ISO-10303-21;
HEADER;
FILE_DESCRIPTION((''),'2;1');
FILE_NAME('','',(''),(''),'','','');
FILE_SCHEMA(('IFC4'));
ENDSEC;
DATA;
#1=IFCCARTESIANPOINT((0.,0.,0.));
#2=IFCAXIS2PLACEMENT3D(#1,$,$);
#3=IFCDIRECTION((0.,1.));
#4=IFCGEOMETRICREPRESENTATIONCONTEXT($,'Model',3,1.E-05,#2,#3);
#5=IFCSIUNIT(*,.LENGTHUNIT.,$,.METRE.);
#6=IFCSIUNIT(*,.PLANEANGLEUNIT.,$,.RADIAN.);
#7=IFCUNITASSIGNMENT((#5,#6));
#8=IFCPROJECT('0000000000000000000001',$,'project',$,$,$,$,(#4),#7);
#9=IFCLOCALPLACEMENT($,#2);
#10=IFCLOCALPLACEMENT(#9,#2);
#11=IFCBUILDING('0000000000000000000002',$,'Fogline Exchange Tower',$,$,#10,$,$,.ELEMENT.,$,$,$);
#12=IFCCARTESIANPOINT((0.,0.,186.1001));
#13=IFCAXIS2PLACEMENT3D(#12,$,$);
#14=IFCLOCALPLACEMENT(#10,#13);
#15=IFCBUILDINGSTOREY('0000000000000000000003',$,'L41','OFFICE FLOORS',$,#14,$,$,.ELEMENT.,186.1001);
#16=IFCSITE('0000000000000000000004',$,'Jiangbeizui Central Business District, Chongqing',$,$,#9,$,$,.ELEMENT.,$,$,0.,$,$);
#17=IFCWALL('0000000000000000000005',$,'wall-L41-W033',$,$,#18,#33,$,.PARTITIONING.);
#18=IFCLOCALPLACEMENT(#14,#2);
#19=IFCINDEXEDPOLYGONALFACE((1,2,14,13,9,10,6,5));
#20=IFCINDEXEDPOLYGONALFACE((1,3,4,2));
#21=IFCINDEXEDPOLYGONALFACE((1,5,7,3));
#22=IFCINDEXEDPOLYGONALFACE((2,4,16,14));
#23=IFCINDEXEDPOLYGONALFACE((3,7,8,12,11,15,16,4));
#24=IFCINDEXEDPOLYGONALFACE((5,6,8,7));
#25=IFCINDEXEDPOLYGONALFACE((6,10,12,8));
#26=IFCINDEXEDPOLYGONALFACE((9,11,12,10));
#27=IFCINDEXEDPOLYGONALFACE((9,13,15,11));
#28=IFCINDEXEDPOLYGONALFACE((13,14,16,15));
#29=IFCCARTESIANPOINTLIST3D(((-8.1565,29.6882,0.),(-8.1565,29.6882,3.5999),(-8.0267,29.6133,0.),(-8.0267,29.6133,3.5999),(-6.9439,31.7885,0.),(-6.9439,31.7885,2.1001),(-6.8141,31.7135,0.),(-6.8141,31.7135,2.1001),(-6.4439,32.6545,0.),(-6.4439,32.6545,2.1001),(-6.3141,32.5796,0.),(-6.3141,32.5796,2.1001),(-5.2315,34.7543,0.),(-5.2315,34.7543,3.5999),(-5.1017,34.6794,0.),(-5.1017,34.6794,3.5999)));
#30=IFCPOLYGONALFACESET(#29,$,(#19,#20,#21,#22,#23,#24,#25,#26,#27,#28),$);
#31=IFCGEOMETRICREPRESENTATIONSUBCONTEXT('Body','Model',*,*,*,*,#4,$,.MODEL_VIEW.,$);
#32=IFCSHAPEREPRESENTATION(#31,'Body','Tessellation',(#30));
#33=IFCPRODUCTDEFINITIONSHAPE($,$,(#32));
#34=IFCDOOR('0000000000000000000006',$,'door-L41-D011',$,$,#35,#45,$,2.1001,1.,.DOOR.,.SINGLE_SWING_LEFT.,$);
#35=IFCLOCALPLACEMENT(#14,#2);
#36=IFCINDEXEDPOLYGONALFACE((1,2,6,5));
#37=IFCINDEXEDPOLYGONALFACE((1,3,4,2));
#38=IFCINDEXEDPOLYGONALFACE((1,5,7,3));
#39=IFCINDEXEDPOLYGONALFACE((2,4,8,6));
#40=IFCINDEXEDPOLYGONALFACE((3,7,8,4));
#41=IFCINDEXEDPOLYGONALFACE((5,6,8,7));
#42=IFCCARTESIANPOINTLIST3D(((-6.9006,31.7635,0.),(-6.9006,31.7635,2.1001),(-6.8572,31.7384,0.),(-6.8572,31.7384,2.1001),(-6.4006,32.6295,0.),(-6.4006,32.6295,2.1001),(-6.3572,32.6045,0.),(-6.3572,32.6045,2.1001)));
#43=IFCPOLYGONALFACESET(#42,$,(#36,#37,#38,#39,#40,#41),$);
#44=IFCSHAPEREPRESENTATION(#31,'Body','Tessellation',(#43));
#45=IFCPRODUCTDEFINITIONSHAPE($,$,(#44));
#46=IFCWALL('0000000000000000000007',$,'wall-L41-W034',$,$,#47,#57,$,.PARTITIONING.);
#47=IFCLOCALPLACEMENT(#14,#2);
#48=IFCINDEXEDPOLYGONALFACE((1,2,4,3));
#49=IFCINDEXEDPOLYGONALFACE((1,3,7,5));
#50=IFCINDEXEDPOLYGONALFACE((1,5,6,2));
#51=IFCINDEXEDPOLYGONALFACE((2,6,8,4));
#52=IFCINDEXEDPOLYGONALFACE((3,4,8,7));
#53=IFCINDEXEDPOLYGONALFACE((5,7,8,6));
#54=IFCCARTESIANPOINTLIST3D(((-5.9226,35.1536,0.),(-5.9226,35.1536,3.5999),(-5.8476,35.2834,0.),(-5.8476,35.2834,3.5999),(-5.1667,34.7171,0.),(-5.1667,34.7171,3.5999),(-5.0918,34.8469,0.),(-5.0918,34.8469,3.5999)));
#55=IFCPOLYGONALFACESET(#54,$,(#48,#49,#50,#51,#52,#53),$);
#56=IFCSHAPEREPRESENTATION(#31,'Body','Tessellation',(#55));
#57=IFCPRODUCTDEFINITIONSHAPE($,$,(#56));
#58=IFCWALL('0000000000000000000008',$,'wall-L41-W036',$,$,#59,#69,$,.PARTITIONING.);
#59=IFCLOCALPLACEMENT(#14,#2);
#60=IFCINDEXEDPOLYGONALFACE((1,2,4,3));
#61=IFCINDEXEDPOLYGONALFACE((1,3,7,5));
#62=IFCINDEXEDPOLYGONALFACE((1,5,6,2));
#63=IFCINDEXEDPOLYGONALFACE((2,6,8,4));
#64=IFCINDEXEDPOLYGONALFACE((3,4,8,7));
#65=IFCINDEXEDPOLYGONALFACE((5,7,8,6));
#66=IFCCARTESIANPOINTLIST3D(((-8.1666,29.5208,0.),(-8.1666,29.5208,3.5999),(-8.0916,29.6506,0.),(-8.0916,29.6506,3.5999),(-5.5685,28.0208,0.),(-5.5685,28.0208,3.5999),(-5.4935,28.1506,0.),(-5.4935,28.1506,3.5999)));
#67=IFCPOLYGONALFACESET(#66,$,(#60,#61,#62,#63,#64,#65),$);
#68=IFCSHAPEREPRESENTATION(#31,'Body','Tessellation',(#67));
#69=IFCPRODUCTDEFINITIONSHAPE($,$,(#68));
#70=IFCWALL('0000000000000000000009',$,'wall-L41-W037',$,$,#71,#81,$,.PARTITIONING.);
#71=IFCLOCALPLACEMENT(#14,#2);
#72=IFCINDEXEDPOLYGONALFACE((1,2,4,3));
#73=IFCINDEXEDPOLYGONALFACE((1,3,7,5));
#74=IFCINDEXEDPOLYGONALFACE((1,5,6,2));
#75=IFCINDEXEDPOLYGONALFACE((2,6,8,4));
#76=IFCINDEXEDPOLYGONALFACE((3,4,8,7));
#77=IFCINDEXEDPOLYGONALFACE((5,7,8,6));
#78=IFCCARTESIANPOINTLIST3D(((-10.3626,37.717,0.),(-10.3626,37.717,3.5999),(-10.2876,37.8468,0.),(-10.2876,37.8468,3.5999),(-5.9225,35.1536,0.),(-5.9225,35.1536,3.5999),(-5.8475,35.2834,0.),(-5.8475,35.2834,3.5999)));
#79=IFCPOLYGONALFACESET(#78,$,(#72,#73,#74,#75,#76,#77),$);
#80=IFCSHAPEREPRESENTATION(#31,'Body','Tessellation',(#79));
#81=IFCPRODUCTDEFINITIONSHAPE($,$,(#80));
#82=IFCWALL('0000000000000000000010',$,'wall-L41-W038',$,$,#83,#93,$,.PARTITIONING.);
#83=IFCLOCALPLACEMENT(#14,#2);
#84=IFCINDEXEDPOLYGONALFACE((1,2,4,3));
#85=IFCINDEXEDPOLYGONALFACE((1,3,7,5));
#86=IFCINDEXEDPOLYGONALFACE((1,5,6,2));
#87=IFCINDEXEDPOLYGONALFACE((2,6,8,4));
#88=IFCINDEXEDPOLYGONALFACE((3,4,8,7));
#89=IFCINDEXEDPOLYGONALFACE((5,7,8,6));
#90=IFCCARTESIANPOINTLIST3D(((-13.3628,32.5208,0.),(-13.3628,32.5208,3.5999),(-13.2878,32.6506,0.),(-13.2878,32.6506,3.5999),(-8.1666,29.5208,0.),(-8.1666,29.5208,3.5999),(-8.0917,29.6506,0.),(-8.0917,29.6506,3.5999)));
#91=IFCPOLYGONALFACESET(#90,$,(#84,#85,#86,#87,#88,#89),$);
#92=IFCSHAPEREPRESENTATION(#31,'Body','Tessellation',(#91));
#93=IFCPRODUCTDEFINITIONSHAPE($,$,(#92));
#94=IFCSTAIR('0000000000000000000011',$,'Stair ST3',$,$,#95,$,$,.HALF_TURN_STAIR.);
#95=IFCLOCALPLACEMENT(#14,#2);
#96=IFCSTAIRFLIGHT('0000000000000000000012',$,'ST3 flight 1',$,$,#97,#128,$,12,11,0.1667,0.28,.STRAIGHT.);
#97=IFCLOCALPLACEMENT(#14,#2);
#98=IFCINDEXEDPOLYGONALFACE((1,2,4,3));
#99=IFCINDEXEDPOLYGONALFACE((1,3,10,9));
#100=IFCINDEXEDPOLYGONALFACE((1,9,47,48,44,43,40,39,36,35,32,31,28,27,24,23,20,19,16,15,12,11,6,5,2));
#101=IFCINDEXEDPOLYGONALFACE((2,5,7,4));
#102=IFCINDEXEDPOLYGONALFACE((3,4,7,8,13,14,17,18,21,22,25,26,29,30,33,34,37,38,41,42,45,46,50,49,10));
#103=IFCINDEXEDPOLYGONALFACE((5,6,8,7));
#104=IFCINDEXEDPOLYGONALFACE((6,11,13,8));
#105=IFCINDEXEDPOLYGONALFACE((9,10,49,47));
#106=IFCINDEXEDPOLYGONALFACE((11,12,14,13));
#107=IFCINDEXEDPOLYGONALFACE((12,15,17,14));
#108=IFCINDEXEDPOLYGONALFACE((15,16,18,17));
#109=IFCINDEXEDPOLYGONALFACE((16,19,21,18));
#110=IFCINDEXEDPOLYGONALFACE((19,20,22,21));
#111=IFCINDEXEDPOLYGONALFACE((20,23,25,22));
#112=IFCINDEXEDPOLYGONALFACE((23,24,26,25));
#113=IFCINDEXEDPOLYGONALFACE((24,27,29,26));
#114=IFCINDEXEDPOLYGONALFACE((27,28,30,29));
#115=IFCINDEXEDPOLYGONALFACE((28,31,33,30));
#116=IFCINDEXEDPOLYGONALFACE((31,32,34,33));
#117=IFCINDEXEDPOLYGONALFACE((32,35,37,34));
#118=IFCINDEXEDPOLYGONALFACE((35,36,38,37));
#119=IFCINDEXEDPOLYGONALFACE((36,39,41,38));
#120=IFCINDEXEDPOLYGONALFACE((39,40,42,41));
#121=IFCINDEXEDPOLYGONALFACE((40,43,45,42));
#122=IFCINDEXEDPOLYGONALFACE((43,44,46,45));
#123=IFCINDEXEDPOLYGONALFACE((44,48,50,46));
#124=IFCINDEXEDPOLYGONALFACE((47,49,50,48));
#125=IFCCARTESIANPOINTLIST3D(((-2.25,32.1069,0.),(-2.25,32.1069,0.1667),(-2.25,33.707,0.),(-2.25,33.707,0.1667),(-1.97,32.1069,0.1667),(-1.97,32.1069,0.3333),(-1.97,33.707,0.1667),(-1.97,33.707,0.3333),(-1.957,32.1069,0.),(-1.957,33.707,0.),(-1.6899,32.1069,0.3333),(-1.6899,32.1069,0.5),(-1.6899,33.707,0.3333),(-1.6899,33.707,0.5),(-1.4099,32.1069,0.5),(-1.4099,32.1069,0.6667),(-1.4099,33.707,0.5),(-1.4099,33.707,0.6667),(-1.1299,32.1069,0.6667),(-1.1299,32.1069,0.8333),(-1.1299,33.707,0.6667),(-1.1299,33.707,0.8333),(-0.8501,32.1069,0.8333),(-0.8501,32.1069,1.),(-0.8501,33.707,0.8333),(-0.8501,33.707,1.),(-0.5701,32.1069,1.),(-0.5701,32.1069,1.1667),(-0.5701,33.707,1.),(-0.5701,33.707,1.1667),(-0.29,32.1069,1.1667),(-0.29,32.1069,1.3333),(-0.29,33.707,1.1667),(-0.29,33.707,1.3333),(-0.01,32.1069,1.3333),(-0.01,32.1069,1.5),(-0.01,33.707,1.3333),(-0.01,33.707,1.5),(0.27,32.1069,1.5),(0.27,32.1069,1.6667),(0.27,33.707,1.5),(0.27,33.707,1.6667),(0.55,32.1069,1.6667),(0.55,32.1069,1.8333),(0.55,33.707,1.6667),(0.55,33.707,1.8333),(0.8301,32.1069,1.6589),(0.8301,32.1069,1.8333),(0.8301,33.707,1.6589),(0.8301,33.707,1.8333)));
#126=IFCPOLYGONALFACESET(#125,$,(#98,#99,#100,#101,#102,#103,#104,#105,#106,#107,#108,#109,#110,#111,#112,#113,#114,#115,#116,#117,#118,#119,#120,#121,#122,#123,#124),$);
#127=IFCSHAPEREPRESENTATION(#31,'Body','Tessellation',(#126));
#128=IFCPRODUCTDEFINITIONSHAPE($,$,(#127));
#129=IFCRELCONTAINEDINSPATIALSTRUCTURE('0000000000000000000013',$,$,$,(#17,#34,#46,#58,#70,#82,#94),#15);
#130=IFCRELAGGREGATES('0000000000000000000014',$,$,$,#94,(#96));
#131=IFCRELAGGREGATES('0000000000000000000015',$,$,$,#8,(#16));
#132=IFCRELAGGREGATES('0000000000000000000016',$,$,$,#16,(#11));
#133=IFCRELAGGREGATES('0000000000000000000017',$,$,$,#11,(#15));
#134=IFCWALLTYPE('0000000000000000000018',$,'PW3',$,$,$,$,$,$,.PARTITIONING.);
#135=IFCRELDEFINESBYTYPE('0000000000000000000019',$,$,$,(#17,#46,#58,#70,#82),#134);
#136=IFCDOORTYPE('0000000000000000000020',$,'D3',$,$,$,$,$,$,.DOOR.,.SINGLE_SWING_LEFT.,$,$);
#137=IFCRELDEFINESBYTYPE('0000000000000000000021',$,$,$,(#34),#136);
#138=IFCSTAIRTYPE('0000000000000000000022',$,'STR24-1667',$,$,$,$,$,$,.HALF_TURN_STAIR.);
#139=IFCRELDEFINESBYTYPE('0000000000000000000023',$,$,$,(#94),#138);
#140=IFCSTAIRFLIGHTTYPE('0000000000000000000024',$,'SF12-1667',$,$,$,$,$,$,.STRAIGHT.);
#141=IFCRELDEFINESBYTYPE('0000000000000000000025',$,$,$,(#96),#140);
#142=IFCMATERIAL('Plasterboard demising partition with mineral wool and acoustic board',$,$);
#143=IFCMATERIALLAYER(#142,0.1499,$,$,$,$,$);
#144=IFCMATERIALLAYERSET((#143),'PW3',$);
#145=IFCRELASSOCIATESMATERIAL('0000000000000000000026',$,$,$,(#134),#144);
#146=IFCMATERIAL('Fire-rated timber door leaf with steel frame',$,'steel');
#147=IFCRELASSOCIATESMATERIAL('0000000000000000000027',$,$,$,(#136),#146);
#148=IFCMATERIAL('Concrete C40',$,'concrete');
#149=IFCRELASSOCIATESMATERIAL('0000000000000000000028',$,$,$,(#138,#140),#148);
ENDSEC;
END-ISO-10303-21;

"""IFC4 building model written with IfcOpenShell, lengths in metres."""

from ifc_helpers import new_model, si_unit, direction, frame, frame_2d, origin, place, context, subcontext, project, spatial, polyline, rectangle, outline, extrude, material, layer, layer_set, type_object, element, fill, aggregate, save


model = new_model("IFC4")

# Units and contexts
model_context = context("Model", 3, precision=1e-05, world=origin(), true_north=direction((0.0, 1.0)))
body_context = subcontext(model_context, "Body", "Model", "MODEL_VIEW")
ifc_project = project(units=[si_unit("LENGTHUNIT", "METRE"), si_unit("PLANEANGLEUNIT", "RADIAN")], contexts=[model_context])

# Site, building, storey
site_placement = place(None, origin())
site = spatial("IfcSite", under=ifc_project, at=site_placement, Name="Jiangbeizui Central Business District, Chongqing", CompositionType="ELEMENT", RefElevation=0.0)
building_placement = place(site_placement, origin())
building = spatial("IfcBuilding", under=site, at=building_placement, Name="Fogline Exchange Tower", CompositionType="ELEMENT")
storey_placement = place(building_placement, frame((0.0, 0.0, 186.1001)))
storey = spatial("IfcBuildingStorey", under=building, at=storey_placement, Name="L41", Description="OFFICE FLOORS", CompositionType="ELEMENT", Elevation=186.1001)

# Shared definitions
ifc_material_1 = material(Name="Concrete C40", Category="concrete")

# Wall, opening, door
ifc_material_2 = material(Name="Plasterboard demising partition with mineral wool and acoustic board")
ifc_layer_1 = layer(ifc_material_2, 0.1499)
ifc_layer_set_1 = layer_set([ifc_layer_1], Name="PW3")
wall_type_1 = type_object("IfcWallType", Name="PW3", PredefinedType="PARTITIONING", material=ifc_layer_set_1)
wall_1_placement = place(storey_placement, frame((-8.0916, 29.6509, 0.0), z_axis=(0.0, 0.0, 1.0), x_axis=(0.500013, 0.866018, 0.0)))
wall_1 = element("IfcWall", 1, at=wall_1_placement, inside=storey, type_object=wall_type_1, Name="wall-L41-W033", PredefinedType="PARTITIONING", context=body_context, shape_type="SweptSolid", body=[
    extrude(rectangle(XDim=5.8499, YDim=0.1499, at=frame_2d((2.9248, 0.0))), origin(), (0.0, 0.0, 1.0), 3.5999),
])
opening_1_placement = place(wall_1_placement, frame((2.425, 0.0, 0.0)))
opening_1 = element("IfcOpeningElement", 2, at=opening_1_placement, cuts=wall_1, PredefinedType="OPENING", context=body_context, shape_type="SweptSolid", body=[
    extrude(rectangle(XDim=1.0, YDim=2.1001, at=frame_2d((0.5, 1.05))), frame((0.0, 0.085, 0.0), z_axis=(0.0, -1.0, 0.0), x_axis=(1.0, 0.0, 0.0)), (0.0, 0.0, 1.0), 0.1699),
])
ifc_material_3 = material(Name="Fire-rated timber door leaf with steel frame", Category="steel")
door_type_1 = type_object("IfcDoorType", Name="D3", OperationType="SINGLE_SWING_LEFT", PredefinedType="DOOR", material=ifc_material_3)
door_1_placement = place(opening_1_placement, origin())
door_1 = element("IfcDoor", 3, at=door_1_placement, inside=storey, type_object=door_type_1, Name="door-L41-D011", OperationType="SINGLE_SWING_LEFT", OverallHeight=2.1001, OverallWidth=1.0, PredefinedType="DOOR", context=body_context, shape_type="SweptSolid", body=[
    extrude(rectangle(XDim=1.0, YDim=2.1001, at=frame_2d((0.5, 1.05))), frame((0.0, 0.0249, 0.0), z_axis=(0.0, -1.0, 0.0), x_axis=(1.0, 0.0, 0.0)), (0.0, 0.0, 1.0), 0.05),
])
fill(opening_1, door_1)

# Walls
wall_2_placement = place(storey_placement, frame((-5.1292, 34.782, 0.0), z_axis=(0.0, 0.0, 1.0), x_axis=(-0.865962, 0.50011, 0.0)))
element("IfcWall", 4, at=wall_2_placement, inside=storey, type_object=wall_type_1, Name="wall-L41-W034", PredefinedType="PARTITIONING", context=body_context, shape_type="SweptSolid", body=[
    extrude(rectangle(XDim=0.8728, YDim=0.1499, at=frame_2d((0.4365, 0.0))), origin(), (0.0, 0.0, 1.0), 3.5999),
])
wall_3_placement = place(storey_placement, frame((-5.531, 28.0857, 0.0), z_axis=(0.0, 0.0, 1.0), x_axis=(-0.866031, 0.49999, 0.0)))
element("IfcWall", 5, at=wall_3_placement, inside=storey, type_object=wall_type_1, Name="wall-L41-W036", PredefinedType="PARTITIONING", context=body_context, shape_type="SweptSolid", body=[
    extrude(rectangle(XDim=3.0, YDim=0.1499, at=frame_2d((1.5, 0.0))), origin(), (0.0, 0.0, 1.0), 3.5999),
])
wall_4_placement = place(storey_placement, frame((-5.885, 35.2185, 0.0), z_axis=(0.0, 0.0, 1.0), x_axis=(-0.866031, 0.49999, 0.0)))
element("IfcWall", 6, at=wall_4_placement, inside=storey, type_object=wall_type_1, Name="wall-L41-W037", PredefinedType="PARTITIONING", context=body_context, shape_type="SweptSolid", body=[
    extrude(rectangle(XDim=5.127, YDim=0.1499, at=frame_2d((2.5635, 0.0))), origin(), (0.0, 0.0, 1.0), 3.5999),
])
wall_5_placement = place(storey_placement, frame((-8.1292, 29.5857, 0.0), z_axis=(0.0, 0.0, 1.0), x_axis=(-0.866021, 0.500008, 0.0)))
element("IfcWall", 7, at=wall_5_placement, inside=storey, type_object=wall_type_1, Name="wall-L41-W038", PredefinedType="PARTITIONING", context=body_context, shape_type="SweptSolid", body=[
    extrude(rectangle(XDim=6.0, YDim=0.1499, at=frame_2d((3.0, 0.0))), origin(), (0.0, 0.0, 1.0), 3.5999),
])

# Stair, stair flight
stair_type = type_object("IfcStairType", Name="STR24-1667", PredefinedType="HALF_TURN_STAIR", material=ifc_material_1)
stair_placement = place(storey_placement, origin())
stair = element("IfcStair", 8, at=stair_placement, inside=storey, type_object=stair_type, Name="Stair ST3", PredefinedType="HALF_TURN_STAIR")
stair_flight_type = type_object("IfcStairFlightType", Name="SF12-1667", PredefinedType="STRAIGHT", material=ifc_material_1)
stair_flight_placement = place(storey_placement, frame((-2.25, 32.907, 0.0), z_axis=(0.0, 0.0, 1.0), x_axis=(1.0, 0.0, 0.0)))
stair_flight = element("IfcStairFlight", 9, at=stair_flight_placement, type_object=stair_flight_type, Name="ST3 flight 1", NumberOfRisers=12, NumberOfTreads=11, PredefinedType="STRAIGHT", RiserHeight=0.1667, TreadLength=0.28, context=body_context, shape_type="SweptSolid", body=[
    extrude(outline(polyline([(0.0, 0.0), (0.0, 0.1667), (0.28, 0.1667), (0.28, 0.3333), (0.5601, 0.3333), (0.5601, 0.5), (0.8401, 0.5), (0.8401, 0.6667), (1.1201, 0.6667), (1.1201, 0.8333), (1.3999, 0.8333), (1.3999, 1.0), (1.6799, 1.0), (1.6799, 1.1667), (1.96, 1.1667), (1.96, 1.3333), (2.24, 1.3333), (2.24, 1.5), (2.52, 1.5), (2.52, 1.6667), (2.8, 1.6667), (2.8, 1.8333), (3.0801, 1.8333), (3.0801, 2.0), (3.0801, 1.6589), (0.293, 0.0), (0.0, 0.0)])), frame((0.0, 0.8, 0.0), z_axis=(0.0, -1.0, 0.0), x_axis=(1.0, 0.0, 0.0)), (0.0, 0.0, 1.0), 1.6001),
])
aggregate(stair, [stair_flight])

save(model, "model.ifc")
